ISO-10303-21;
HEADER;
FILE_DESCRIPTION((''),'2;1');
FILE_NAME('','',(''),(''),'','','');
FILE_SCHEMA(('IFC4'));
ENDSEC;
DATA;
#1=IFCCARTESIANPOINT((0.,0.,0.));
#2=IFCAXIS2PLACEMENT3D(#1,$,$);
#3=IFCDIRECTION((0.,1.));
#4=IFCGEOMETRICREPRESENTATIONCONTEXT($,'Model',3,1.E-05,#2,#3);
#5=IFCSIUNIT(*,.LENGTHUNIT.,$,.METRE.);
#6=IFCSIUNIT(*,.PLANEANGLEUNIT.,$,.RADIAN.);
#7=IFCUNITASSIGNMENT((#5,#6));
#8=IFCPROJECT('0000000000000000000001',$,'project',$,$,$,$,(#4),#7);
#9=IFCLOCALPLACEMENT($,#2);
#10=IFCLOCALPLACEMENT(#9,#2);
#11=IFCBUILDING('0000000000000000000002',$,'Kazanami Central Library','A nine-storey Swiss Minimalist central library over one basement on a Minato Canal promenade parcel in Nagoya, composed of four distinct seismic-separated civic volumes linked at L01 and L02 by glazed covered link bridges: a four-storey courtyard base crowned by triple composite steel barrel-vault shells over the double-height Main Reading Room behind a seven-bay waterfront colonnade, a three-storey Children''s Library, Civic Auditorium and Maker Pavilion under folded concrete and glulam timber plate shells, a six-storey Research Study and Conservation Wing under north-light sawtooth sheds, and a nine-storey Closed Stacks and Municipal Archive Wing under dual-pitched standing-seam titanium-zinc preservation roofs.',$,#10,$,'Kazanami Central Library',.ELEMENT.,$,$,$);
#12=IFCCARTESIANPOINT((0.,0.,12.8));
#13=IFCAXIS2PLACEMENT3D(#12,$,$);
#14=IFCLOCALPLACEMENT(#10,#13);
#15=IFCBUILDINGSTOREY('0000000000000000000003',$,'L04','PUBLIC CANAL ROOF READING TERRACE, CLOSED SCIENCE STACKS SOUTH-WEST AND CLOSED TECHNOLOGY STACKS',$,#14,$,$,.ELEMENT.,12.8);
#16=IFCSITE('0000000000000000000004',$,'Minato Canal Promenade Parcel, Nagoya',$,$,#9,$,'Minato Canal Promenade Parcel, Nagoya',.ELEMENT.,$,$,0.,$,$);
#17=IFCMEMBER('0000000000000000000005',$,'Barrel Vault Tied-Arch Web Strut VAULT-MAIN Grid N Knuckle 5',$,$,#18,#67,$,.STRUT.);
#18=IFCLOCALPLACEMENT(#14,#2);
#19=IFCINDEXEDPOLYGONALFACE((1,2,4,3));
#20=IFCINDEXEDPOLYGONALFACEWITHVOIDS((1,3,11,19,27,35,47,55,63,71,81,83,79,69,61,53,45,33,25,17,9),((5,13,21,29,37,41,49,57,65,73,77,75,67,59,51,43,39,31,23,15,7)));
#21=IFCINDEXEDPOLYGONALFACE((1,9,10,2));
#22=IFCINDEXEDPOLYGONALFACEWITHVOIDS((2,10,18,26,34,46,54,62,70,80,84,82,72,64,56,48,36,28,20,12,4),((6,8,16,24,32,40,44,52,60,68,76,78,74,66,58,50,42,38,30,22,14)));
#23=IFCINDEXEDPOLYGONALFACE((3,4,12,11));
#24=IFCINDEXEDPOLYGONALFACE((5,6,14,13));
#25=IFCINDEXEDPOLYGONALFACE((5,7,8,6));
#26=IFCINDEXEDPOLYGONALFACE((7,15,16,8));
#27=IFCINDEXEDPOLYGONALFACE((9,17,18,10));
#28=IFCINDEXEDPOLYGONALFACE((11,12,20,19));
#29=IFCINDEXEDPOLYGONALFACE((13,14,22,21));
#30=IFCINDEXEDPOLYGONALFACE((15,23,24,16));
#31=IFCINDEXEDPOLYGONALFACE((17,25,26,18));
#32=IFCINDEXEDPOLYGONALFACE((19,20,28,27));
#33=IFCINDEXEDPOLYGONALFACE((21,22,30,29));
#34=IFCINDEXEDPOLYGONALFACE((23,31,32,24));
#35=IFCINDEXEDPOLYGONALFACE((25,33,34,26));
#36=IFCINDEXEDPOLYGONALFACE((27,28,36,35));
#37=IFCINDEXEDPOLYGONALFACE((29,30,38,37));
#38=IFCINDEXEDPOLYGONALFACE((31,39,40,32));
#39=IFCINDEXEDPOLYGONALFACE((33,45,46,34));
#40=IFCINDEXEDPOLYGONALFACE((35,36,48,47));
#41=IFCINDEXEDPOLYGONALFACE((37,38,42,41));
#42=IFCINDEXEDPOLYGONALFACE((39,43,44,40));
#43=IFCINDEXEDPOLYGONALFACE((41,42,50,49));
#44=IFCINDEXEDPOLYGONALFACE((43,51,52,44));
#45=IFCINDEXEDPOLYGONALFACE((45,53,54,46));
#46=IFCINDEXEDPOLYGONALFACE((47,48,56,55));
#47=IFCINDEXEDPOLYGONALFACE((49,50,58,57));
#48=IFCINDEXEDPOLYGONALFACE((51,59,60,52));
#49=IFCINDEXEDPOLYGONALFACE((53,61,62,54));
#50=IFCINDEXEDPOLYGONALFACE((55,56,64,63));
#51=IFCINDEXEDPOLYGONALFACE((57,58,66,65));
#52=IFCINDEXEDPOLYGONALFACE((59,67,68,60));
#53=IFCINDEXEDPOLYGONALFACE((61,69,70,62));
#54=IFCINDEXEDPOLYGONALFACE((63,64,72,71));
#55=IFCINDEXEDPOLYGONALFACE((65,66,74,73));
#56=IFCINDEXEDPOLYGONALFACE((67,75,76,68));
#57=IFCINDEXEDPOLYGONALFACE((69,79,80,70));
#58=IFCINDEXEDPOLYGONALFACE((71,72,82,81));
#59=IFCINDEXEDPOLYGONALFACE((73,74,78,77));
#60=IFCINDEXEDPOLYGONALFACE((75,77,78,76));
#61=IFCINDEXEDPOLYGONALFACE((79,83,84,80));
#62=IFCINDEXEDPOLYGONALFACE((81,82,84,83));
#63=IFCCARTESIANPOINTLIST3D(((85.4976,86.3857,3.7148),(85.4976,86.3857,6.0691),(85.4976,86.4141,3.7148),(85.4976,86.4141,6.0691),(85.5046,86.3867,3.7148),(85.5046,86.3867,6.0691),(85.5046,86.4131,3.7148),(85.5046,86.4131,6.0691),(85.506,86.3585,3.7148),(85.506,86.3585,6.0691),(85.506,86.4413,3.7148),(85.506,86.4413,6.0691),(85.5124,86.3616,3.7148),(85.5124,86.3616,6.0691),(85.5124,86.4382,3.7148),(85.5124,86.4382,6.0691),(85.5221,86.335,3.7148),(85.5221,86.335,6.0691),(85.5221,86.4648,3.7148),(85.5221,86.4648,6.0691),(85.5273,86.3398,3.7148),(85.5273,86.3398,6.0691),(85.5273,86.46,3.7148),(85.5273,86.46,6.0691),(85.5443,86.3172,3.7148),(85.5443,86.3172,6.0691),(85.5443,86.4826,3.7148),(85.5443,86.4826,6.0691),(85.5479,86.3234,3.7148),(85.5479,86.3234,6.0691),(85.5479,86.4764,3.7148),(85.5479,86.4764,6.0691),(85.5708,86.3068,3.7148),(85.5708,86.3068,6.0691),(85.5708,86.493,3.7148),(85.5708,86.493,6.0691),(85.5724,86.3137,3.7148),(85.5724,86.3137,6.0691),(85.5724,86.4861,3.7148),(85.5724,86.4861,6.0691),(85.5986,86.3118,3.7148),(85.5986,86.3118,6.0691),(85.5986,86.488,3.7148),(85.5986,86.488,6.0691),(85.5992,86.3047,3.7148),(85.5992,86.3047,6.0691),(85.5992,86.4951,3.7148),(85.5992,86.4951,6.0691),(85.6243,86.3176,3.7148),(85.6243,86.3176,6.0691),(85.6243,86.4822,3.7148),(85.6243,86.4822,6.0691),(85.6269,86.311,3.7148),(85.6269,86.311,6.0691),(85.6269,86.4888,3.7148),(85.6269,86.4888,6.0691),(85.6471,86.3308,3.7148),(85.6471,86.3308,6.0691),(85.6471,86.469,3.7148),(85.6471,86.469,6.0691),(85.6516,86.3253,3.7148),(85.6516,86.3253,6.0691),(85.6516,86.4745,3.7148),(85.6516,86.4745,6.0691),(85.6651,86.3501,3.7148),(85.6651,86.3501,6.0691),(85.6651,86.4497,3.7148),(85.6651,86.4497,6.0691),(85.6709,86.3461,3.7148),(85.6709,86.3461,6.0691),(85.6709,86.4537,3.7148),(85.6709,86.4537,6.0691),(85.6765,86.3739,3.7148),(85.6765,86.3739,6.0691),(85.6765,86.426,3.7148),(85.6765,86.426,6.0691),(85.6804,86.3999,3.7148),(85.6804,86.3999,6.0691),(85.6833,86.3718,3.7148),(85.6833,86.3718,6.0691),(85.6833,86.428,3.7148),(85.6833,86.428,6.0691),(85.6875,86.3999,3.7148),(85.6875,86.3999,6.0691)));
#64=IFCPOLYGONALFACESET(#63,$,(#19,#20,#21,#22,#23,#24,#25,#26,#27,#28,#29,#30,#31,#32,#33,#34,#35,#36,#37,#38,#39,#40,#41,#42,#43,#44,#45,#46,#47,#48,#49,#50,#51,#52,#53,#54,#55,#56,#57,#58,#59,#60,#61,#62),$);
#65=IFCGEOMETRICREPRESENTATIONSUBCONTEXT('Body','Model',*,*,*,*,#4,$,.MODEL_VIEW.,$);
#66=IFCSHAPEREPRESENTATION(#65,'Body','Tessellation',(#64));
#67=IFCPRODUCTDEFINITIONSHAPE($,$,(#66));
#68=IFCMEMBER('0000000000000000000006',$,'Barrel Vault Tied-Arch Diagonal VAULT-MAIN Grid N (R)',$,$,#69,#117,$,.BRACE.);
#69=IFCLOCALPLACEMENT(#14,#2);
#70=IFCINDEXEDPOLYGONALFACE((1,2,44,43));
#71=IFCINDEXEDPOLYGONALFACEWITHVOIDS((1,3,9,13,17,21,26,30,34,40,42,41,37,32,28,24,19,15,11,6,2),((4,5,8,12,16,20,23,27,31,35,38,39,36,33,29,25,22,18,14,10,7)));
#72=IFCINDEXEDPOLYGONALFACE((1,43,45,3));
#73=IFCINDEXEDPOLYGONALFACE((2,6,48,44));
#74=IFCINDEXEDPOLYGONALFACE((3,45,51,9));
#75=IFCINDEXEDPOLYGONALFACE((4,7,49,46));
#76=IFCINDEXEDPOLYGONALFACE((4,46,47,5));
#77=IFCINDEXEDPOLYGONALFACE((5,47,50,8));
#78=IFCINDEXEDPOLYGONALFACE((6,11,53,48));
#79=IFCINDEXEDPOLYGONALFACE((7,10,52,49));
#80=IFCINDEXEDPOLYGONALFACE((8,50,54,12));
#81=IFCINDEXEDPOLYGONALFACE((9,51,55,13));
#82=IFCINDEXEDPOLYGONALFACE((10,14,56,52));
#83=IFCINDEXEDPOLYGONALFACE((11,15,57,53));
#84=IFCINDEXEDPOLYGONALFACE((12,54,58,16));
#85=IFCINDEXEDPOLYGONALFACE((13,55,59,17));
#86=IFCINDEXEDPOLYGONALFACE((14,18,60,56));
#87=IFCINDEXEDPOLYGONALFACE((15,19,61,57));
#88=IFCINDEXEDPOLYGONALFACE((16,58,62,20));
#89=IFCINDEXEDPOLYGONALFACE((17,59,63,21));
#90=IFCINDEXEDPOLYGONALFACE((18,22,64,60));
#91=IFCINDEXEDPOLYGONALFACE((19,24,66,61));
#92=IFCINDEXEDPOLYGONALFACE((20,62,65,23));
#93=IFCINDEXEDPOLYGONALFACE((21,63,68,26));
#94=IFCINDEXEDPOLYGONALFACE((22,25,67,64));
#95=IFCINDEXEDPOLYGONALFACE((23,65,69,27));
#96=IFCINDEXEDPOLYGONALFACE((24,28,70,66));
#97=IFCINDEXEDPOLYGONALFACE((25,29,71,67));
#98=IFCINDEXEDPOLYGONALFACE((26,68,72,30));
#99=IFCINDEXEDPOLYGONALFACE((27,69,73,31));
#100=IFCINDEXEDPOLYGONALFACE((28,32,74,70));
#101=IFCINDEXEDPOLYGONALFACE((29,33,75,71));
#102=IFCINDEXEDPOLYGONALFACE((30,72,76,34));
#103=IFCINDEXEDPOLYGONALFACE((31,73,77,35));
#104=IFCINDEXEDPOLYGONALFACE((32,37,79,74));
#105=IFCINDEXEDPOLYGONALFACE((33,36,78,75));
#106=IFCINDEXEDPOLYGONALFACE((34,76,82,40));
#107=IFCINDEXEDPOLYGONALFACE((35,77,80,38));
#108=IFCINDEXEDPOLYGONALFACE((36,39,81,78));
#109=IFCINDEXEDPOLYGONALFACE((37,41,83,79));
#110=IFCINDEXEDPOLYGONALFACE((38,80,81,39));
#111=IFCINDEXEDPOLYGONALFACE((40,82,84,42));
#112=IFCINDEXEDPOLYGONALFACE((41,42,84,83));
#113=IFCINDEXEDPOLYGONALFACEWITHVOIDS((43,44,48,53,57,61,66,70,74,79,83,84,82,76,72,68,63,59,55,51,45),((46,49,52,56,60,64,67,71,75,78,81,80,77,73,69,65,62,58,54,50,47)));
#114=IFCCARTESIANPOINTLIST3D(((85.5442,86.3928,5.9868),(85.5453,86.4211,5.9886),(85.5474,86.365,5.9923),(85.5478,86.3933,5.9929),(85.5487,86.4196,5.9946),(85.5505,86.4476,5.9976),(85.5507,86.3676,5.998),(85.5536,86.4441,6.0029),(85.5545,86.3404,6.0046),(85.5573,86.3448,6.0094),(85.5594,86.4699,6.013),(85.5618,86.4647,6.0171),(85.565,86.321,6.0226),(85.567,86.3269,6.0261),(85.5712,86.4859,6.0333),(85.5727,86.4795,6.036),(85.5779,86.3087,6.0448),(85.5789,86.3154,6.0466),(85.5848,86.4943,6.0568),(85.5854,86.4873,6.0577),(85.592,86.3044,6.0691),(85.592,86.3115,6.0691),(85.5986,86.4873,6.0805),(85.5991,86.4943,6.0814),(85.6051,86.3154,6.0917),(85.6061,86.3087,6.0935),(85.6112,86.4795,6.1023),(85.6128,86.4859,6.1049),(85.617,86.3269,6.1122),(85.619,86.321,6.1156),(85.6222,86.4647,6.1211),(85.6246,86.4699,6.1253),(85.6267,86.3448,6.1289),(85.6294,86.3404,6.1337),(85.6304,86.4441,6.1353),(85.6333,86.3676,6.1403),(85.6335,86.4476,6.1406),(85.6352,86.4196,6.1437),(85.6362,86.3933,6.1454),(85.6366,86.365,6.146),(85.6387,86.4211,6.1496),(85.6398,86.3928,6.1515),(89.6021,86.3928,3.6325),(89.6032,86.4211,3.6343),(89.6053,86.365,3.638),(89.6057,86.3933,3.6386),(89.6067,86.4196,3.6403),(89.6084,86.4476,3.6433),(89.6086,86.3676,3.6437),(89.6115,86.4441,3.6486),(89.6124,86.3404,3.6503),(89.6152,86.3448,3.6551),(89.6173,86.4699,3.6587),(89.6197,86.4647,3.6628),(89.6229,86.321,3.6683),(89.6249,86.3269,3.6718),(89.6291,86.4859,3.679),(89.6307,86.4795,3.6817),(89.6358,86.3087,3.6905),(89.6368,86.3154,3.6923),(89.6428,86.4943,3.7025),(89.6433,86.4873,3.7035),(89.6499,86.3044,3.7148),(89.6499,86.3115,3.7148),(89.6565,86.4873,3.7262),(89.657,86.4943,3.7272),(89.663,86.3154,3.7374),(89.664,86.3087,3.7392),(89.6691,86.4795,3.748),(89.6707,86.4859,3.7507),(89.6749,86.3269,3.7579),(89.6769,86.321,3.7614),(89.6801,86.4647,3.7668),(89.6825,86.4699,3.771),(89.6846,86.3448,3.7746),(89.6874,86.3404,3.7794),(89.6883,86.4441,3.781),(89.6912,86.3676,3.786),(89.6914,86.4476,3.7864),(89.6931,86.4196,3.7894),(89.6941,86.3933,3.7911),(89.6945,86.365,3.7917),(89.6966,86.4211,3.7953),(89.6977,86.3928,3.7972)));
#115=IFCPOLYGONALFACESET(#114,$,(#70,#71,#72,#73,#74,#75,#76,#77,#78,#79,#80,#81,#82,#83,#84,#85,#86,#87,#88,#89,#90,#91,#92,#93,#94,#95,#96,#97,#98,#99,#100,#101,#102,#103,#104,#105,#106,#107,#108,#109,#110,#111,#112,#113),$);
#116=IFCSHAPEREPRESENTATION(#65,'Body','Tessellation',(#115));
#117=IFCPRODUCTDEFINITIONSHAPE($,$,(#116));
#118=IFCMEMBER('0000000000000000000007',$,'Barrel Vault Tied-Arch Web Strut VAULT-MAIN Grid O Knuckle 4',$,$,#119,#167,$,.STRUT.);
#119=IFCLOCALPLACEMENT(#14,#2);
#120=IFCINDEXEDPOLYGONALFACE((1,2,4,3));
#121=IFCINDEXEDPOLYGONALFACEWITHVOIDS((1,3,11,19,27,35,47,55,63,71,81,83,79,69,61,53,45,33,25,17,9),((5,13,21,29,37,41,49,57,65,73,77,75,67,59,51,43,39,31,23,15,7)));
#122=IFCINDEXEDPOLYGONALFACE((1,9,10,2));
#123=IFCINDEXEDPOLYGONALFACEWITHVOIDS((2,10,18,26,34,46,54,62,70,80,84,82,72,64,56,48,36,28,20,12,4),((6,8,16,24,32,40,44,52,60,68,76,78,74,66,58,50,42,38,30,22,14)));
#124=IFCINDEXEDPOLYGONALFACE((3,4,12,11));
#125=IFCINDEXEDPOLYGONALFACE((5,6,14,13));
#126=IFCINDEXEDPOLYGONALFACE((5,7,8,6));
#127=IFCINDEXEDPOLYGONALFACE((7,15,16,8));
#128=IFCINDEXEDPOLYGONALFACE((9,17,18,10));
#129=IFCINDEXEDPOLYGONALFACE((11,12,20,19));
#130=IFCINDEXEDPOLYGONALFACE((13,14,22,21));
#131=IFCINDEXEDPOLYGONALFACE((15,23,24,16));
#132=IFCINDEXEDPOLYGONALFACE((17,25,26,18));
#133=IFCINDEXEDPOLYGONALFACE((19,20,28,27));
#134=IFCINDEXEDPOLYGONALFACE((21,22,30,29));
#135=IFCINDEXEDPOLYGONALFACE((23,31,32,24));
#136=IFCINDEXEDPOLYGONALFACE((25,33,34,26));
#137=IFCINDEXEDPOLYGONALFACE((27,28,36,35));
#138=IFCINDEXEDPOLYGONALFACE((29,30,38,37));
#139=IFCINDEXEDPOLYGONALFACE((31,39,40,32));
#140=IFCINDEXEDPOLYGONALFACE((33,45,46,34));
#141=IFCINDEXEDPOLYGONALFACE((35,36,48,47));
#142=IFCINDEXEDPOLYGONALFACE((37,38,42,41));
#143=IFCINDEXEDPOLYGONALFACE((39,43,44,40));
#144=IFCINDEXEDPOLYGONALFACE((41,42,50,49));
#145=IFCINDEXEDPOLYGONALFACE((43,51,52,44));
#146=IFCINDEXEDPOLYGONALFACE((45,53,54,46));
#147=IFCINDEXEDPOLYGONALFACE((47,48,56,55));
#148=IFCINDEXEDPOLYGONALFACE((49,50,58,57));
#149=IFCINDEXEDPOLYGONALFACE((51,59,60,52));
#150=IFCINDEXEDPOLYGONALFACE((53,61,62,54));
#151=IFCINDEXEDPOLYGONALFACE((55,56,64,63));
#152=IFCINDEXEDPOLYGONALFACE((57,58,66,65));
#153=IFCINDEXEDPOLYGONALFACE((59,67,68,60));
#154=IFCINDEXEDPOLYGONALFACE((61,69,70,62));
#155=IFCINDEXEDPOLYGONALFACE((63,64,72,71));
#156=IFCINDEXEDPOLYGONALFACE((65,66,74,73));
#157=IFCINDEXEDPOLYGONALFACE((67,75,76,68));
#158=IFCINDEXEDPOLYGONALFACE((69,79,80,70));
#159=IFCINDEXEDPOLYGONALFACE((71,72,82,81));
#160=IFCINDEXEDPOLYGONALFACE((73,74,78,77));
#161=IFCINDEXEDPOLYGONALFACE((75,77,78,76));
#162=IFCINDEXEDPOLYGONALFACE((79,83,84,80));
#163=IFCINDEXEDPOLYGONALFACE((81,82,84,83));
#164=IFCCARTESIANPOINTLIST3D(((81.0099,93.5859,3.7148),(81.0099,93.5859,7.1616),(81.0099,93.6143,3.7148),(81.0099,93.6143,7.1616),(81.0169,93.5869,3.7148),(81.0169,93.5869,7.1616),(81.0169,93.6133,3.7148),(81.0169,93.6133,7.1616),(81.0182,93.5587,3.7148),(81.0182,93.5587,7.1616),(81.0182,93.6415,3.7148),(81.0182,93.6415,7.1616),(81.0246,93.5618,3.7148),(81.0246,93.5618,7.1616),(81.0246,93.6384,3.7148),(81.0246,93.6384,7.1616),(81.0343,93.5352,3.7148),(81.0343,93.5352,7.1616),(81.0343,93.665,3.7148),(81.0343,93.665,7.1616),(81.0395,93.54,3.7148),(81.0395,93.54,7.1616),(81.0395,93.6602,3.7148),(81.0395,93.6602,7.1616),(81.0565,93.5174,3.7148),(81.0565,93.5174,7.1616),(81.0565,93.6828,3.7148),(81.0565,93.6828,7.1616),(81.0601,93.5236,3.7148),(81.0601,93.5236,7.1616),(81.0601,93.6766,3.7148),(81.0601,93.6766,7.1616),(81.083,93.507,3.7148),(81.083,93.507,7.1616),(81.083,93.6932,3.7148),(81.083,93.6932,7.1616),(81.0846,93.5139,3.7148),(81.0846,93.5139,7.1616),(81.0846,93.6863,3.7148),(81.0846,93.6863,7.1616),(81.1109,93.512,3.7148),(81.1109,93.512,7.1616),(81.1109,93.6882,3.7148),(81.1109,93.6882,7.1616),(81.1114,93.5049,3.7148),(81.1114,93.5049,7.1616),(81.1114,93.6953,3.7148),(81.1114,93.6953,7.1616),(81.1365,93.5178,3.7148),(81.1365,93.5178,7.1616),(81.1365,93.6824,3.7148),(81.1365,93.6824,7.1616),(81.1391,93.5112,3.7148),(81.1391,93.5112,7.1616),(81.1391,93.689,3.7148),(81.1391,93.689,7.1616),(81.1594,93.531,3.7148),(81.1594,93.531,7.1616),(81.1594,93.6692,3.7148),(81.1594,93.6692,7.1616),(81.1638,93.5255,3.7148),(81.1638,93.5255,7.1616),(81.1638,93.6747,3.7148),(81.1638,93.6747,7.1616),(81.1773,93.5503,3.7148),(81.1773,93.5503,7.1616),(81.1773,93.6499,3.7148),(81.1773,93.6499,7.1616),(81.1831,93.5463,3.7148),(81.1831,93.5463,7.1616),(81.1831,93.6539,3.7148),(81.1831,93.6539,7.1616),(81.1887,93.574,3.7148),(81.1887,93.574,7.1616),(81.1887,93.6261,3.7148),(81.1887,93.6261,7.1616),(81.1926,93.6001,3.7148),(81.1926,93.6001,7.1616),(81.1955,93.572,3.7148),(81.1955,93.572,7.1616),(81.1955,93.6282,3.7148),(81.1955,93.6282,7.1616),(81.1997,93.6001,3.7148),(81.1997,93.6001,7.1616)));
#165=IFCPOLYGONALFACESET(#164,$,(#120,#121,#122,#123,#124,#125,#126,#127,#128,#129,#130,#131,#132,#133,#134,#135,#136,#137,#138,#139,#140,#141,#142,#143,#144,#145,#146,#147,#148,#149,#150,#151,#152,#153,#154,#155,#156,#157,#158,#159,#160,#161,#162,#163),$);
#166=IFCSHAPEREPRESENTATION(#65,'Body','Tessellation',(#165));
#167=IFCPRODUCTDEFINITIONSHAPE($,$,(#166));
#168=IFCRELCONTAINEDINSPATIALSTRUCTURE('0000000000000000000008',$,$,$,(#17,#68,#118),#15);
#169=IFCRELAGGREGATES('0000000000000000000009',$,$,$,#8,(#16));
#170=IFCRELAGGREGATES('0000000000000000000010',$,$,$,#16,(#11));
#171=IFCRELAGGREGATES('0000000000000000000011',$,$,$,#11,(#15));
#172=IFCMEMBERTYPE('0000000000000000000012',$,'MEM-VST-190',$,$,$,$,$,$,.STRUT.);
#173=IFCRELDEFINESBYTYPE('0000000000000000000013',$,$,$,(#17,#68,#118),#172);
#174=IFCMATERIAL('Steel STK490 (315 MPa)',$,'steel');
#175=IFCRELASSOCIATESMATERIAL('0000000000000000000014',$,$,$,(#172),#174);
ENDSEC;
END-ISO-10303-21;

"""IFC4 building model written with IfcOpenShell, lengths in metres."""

from ifc_helpers import new_model, si_unit, direction, frame, origin, origin_2d, place, context, subcontext, project, spatial, hollow_circle, extrude, material, material_profile, profile_set, type_object, element, save


model = new_model("IFC4")

# Units and contexts
model_context = context("Model", 3, precision=1e-05, world=origin(), true_north=direction((0.0, 1.0)))
body_context = subcontext(model_context, "Body", "Model", "MODEL_VIEW")
ifc_project = project(units=[si_unit("LENGTHUNIT", "METRE"), si_unit("PLANEANGLEUNIT", "RADIAN")], contexts=[model_context])

# Site, building, storey
site_placement = place(None, origin())
site = spatial("IfcSite", under=ifc_project, at=site_placement, Name="Minato Canal Promenade Parcel, Nagoya", LongName="Minato Canal Promenade Parcel, Nagoya", CompositionType="ELEMENT", RefElevation=0.0)
building_placement = place(site_placement, origin())
building = spatial("IfcBuilding", under=site, at=building_placement, Name="Kazanami Central Library", Description="A nine-storey Swiss Minimalist central library over one basement on a Minato Canal promenade parcel in Nagoya, composed of four distinct seismic-separated civic volumes linked at L01 and L02 by glazed covered link bridges: a four-storey courtyard base crowned by triple composite steel barrel-vault shells over the double-height Main Reading Room behind a seven-bay waterfront colonnade, a three-storey Children's Library, Civic Auditorium and Maker Pavilion under folded concrete and glulam timber plate shells, a six-storey Research Study and Conservation Wing under north-light sawtooth sheds, and a nine-storey Closed Stacks and Municipal Archive Wing under dual-pitched standing-seam titanium-zinc preservation roofs.", LongName="Kazanami Central Library", CompositionType="ELEMENT")
storey_placement = place(building_placement, frame((0.0, 0.0, 12.8)))
storey = spatial("IfcBuildingStorey", under=building, at=storey_placement, Name="L04", Description="PUBLIC CANAL ROOF READING TERRACE, CLOSED SCIENCE STACKS SOUTH-WEST AND CLOSED TECHNOLOGY STACKS", CompositionType="ELEMENT", Elevation=12.8)

# Members
ifc_material_1 = material(Name="Steel STK490 (315 MPa)", Category="steel")
ifc_material_profile_1 = material_profile(ifc_material_1, hollow_circle(Radius=0.0955, WallThickness=0.0071, at=origin_2d()), Name="CHS-190.7x7.0")
ifc_profile_set_1 = profile_set([ifc_material_profile_1], Name="Steel STK490 (315 MPa)")
member_type_1 = type_object("IfcMemberType", Name="MEM-VST-190", PredefinedType="STRUT", material=ifc_profile_set_1)
member_1_placement = place(storey_placement, frame((85.592, 86.3999, 3.7148), z_axis=(0.0, 0.0, 1.0), x_axis=(1.0, 0.0, 0.0)))
element("IfcMember", 1, at=member_1_placement, inside=storey, type_object=member_type_1, Name="Barrel Vault Tied-Arch Web Strut VAULT-MAIN Grid N Knuckle 5", PredefinedType="STRUT", context=body_context, shape_type="SweptSolid", body=[
    extrude(hollow_circle(Radius=0.0955, WallThickness=0.0071, at=origin_2d()), origin(), (0.0, 0.0, 1.0), 2.3542),
])
member_2_placement = place(storey_placement, frame((89.6499, 86.3999, 3.7148), z_axis=(-0.864967, 0.0, 0.501828), x_axis=(0.0, -1.0, 0.0)))
element("IfcMember", 2, at=member_2_placement, inside=storey, type_object=member_type_1, Name="Barrel Vault Tied-Arch Diagonal VAULT-MAIN Grid N (R)", PredefinedType="BRACE", context=body_context, shape_type="SweptSolid", body=[
    extrude(hollow_circle(Radius=0.0955, WallThickness=0.0071, at=origin_2d()), origin(), (0.0, 0.0, 1.0), 4.6914),
])
member_3_placement = place(storey_placement, frame((81.1042, 93.6001, 3.7148), z_axis=(0.0, 0.0, 1.0), x_axis=(1.0, 0.0, 0.0)))
element("IfcMember", 3, at=member_3_placement, inside=storey, type_object=member_type_1, Name="Barrel Vault Tied-Arch Web Strut VAULT-MAIN Grid O Knuckle 4", PredefinedType="STRUT", context=body_context, shape_type="SweptSolid", body=[
    extrude(hollow_circle(Radius=0.0955, WallThickness=0.0071, at=origin_2d()), origin(), (0.0, 0.0, 1.0), 3.4468),
])

save(model, "model.ifc")
